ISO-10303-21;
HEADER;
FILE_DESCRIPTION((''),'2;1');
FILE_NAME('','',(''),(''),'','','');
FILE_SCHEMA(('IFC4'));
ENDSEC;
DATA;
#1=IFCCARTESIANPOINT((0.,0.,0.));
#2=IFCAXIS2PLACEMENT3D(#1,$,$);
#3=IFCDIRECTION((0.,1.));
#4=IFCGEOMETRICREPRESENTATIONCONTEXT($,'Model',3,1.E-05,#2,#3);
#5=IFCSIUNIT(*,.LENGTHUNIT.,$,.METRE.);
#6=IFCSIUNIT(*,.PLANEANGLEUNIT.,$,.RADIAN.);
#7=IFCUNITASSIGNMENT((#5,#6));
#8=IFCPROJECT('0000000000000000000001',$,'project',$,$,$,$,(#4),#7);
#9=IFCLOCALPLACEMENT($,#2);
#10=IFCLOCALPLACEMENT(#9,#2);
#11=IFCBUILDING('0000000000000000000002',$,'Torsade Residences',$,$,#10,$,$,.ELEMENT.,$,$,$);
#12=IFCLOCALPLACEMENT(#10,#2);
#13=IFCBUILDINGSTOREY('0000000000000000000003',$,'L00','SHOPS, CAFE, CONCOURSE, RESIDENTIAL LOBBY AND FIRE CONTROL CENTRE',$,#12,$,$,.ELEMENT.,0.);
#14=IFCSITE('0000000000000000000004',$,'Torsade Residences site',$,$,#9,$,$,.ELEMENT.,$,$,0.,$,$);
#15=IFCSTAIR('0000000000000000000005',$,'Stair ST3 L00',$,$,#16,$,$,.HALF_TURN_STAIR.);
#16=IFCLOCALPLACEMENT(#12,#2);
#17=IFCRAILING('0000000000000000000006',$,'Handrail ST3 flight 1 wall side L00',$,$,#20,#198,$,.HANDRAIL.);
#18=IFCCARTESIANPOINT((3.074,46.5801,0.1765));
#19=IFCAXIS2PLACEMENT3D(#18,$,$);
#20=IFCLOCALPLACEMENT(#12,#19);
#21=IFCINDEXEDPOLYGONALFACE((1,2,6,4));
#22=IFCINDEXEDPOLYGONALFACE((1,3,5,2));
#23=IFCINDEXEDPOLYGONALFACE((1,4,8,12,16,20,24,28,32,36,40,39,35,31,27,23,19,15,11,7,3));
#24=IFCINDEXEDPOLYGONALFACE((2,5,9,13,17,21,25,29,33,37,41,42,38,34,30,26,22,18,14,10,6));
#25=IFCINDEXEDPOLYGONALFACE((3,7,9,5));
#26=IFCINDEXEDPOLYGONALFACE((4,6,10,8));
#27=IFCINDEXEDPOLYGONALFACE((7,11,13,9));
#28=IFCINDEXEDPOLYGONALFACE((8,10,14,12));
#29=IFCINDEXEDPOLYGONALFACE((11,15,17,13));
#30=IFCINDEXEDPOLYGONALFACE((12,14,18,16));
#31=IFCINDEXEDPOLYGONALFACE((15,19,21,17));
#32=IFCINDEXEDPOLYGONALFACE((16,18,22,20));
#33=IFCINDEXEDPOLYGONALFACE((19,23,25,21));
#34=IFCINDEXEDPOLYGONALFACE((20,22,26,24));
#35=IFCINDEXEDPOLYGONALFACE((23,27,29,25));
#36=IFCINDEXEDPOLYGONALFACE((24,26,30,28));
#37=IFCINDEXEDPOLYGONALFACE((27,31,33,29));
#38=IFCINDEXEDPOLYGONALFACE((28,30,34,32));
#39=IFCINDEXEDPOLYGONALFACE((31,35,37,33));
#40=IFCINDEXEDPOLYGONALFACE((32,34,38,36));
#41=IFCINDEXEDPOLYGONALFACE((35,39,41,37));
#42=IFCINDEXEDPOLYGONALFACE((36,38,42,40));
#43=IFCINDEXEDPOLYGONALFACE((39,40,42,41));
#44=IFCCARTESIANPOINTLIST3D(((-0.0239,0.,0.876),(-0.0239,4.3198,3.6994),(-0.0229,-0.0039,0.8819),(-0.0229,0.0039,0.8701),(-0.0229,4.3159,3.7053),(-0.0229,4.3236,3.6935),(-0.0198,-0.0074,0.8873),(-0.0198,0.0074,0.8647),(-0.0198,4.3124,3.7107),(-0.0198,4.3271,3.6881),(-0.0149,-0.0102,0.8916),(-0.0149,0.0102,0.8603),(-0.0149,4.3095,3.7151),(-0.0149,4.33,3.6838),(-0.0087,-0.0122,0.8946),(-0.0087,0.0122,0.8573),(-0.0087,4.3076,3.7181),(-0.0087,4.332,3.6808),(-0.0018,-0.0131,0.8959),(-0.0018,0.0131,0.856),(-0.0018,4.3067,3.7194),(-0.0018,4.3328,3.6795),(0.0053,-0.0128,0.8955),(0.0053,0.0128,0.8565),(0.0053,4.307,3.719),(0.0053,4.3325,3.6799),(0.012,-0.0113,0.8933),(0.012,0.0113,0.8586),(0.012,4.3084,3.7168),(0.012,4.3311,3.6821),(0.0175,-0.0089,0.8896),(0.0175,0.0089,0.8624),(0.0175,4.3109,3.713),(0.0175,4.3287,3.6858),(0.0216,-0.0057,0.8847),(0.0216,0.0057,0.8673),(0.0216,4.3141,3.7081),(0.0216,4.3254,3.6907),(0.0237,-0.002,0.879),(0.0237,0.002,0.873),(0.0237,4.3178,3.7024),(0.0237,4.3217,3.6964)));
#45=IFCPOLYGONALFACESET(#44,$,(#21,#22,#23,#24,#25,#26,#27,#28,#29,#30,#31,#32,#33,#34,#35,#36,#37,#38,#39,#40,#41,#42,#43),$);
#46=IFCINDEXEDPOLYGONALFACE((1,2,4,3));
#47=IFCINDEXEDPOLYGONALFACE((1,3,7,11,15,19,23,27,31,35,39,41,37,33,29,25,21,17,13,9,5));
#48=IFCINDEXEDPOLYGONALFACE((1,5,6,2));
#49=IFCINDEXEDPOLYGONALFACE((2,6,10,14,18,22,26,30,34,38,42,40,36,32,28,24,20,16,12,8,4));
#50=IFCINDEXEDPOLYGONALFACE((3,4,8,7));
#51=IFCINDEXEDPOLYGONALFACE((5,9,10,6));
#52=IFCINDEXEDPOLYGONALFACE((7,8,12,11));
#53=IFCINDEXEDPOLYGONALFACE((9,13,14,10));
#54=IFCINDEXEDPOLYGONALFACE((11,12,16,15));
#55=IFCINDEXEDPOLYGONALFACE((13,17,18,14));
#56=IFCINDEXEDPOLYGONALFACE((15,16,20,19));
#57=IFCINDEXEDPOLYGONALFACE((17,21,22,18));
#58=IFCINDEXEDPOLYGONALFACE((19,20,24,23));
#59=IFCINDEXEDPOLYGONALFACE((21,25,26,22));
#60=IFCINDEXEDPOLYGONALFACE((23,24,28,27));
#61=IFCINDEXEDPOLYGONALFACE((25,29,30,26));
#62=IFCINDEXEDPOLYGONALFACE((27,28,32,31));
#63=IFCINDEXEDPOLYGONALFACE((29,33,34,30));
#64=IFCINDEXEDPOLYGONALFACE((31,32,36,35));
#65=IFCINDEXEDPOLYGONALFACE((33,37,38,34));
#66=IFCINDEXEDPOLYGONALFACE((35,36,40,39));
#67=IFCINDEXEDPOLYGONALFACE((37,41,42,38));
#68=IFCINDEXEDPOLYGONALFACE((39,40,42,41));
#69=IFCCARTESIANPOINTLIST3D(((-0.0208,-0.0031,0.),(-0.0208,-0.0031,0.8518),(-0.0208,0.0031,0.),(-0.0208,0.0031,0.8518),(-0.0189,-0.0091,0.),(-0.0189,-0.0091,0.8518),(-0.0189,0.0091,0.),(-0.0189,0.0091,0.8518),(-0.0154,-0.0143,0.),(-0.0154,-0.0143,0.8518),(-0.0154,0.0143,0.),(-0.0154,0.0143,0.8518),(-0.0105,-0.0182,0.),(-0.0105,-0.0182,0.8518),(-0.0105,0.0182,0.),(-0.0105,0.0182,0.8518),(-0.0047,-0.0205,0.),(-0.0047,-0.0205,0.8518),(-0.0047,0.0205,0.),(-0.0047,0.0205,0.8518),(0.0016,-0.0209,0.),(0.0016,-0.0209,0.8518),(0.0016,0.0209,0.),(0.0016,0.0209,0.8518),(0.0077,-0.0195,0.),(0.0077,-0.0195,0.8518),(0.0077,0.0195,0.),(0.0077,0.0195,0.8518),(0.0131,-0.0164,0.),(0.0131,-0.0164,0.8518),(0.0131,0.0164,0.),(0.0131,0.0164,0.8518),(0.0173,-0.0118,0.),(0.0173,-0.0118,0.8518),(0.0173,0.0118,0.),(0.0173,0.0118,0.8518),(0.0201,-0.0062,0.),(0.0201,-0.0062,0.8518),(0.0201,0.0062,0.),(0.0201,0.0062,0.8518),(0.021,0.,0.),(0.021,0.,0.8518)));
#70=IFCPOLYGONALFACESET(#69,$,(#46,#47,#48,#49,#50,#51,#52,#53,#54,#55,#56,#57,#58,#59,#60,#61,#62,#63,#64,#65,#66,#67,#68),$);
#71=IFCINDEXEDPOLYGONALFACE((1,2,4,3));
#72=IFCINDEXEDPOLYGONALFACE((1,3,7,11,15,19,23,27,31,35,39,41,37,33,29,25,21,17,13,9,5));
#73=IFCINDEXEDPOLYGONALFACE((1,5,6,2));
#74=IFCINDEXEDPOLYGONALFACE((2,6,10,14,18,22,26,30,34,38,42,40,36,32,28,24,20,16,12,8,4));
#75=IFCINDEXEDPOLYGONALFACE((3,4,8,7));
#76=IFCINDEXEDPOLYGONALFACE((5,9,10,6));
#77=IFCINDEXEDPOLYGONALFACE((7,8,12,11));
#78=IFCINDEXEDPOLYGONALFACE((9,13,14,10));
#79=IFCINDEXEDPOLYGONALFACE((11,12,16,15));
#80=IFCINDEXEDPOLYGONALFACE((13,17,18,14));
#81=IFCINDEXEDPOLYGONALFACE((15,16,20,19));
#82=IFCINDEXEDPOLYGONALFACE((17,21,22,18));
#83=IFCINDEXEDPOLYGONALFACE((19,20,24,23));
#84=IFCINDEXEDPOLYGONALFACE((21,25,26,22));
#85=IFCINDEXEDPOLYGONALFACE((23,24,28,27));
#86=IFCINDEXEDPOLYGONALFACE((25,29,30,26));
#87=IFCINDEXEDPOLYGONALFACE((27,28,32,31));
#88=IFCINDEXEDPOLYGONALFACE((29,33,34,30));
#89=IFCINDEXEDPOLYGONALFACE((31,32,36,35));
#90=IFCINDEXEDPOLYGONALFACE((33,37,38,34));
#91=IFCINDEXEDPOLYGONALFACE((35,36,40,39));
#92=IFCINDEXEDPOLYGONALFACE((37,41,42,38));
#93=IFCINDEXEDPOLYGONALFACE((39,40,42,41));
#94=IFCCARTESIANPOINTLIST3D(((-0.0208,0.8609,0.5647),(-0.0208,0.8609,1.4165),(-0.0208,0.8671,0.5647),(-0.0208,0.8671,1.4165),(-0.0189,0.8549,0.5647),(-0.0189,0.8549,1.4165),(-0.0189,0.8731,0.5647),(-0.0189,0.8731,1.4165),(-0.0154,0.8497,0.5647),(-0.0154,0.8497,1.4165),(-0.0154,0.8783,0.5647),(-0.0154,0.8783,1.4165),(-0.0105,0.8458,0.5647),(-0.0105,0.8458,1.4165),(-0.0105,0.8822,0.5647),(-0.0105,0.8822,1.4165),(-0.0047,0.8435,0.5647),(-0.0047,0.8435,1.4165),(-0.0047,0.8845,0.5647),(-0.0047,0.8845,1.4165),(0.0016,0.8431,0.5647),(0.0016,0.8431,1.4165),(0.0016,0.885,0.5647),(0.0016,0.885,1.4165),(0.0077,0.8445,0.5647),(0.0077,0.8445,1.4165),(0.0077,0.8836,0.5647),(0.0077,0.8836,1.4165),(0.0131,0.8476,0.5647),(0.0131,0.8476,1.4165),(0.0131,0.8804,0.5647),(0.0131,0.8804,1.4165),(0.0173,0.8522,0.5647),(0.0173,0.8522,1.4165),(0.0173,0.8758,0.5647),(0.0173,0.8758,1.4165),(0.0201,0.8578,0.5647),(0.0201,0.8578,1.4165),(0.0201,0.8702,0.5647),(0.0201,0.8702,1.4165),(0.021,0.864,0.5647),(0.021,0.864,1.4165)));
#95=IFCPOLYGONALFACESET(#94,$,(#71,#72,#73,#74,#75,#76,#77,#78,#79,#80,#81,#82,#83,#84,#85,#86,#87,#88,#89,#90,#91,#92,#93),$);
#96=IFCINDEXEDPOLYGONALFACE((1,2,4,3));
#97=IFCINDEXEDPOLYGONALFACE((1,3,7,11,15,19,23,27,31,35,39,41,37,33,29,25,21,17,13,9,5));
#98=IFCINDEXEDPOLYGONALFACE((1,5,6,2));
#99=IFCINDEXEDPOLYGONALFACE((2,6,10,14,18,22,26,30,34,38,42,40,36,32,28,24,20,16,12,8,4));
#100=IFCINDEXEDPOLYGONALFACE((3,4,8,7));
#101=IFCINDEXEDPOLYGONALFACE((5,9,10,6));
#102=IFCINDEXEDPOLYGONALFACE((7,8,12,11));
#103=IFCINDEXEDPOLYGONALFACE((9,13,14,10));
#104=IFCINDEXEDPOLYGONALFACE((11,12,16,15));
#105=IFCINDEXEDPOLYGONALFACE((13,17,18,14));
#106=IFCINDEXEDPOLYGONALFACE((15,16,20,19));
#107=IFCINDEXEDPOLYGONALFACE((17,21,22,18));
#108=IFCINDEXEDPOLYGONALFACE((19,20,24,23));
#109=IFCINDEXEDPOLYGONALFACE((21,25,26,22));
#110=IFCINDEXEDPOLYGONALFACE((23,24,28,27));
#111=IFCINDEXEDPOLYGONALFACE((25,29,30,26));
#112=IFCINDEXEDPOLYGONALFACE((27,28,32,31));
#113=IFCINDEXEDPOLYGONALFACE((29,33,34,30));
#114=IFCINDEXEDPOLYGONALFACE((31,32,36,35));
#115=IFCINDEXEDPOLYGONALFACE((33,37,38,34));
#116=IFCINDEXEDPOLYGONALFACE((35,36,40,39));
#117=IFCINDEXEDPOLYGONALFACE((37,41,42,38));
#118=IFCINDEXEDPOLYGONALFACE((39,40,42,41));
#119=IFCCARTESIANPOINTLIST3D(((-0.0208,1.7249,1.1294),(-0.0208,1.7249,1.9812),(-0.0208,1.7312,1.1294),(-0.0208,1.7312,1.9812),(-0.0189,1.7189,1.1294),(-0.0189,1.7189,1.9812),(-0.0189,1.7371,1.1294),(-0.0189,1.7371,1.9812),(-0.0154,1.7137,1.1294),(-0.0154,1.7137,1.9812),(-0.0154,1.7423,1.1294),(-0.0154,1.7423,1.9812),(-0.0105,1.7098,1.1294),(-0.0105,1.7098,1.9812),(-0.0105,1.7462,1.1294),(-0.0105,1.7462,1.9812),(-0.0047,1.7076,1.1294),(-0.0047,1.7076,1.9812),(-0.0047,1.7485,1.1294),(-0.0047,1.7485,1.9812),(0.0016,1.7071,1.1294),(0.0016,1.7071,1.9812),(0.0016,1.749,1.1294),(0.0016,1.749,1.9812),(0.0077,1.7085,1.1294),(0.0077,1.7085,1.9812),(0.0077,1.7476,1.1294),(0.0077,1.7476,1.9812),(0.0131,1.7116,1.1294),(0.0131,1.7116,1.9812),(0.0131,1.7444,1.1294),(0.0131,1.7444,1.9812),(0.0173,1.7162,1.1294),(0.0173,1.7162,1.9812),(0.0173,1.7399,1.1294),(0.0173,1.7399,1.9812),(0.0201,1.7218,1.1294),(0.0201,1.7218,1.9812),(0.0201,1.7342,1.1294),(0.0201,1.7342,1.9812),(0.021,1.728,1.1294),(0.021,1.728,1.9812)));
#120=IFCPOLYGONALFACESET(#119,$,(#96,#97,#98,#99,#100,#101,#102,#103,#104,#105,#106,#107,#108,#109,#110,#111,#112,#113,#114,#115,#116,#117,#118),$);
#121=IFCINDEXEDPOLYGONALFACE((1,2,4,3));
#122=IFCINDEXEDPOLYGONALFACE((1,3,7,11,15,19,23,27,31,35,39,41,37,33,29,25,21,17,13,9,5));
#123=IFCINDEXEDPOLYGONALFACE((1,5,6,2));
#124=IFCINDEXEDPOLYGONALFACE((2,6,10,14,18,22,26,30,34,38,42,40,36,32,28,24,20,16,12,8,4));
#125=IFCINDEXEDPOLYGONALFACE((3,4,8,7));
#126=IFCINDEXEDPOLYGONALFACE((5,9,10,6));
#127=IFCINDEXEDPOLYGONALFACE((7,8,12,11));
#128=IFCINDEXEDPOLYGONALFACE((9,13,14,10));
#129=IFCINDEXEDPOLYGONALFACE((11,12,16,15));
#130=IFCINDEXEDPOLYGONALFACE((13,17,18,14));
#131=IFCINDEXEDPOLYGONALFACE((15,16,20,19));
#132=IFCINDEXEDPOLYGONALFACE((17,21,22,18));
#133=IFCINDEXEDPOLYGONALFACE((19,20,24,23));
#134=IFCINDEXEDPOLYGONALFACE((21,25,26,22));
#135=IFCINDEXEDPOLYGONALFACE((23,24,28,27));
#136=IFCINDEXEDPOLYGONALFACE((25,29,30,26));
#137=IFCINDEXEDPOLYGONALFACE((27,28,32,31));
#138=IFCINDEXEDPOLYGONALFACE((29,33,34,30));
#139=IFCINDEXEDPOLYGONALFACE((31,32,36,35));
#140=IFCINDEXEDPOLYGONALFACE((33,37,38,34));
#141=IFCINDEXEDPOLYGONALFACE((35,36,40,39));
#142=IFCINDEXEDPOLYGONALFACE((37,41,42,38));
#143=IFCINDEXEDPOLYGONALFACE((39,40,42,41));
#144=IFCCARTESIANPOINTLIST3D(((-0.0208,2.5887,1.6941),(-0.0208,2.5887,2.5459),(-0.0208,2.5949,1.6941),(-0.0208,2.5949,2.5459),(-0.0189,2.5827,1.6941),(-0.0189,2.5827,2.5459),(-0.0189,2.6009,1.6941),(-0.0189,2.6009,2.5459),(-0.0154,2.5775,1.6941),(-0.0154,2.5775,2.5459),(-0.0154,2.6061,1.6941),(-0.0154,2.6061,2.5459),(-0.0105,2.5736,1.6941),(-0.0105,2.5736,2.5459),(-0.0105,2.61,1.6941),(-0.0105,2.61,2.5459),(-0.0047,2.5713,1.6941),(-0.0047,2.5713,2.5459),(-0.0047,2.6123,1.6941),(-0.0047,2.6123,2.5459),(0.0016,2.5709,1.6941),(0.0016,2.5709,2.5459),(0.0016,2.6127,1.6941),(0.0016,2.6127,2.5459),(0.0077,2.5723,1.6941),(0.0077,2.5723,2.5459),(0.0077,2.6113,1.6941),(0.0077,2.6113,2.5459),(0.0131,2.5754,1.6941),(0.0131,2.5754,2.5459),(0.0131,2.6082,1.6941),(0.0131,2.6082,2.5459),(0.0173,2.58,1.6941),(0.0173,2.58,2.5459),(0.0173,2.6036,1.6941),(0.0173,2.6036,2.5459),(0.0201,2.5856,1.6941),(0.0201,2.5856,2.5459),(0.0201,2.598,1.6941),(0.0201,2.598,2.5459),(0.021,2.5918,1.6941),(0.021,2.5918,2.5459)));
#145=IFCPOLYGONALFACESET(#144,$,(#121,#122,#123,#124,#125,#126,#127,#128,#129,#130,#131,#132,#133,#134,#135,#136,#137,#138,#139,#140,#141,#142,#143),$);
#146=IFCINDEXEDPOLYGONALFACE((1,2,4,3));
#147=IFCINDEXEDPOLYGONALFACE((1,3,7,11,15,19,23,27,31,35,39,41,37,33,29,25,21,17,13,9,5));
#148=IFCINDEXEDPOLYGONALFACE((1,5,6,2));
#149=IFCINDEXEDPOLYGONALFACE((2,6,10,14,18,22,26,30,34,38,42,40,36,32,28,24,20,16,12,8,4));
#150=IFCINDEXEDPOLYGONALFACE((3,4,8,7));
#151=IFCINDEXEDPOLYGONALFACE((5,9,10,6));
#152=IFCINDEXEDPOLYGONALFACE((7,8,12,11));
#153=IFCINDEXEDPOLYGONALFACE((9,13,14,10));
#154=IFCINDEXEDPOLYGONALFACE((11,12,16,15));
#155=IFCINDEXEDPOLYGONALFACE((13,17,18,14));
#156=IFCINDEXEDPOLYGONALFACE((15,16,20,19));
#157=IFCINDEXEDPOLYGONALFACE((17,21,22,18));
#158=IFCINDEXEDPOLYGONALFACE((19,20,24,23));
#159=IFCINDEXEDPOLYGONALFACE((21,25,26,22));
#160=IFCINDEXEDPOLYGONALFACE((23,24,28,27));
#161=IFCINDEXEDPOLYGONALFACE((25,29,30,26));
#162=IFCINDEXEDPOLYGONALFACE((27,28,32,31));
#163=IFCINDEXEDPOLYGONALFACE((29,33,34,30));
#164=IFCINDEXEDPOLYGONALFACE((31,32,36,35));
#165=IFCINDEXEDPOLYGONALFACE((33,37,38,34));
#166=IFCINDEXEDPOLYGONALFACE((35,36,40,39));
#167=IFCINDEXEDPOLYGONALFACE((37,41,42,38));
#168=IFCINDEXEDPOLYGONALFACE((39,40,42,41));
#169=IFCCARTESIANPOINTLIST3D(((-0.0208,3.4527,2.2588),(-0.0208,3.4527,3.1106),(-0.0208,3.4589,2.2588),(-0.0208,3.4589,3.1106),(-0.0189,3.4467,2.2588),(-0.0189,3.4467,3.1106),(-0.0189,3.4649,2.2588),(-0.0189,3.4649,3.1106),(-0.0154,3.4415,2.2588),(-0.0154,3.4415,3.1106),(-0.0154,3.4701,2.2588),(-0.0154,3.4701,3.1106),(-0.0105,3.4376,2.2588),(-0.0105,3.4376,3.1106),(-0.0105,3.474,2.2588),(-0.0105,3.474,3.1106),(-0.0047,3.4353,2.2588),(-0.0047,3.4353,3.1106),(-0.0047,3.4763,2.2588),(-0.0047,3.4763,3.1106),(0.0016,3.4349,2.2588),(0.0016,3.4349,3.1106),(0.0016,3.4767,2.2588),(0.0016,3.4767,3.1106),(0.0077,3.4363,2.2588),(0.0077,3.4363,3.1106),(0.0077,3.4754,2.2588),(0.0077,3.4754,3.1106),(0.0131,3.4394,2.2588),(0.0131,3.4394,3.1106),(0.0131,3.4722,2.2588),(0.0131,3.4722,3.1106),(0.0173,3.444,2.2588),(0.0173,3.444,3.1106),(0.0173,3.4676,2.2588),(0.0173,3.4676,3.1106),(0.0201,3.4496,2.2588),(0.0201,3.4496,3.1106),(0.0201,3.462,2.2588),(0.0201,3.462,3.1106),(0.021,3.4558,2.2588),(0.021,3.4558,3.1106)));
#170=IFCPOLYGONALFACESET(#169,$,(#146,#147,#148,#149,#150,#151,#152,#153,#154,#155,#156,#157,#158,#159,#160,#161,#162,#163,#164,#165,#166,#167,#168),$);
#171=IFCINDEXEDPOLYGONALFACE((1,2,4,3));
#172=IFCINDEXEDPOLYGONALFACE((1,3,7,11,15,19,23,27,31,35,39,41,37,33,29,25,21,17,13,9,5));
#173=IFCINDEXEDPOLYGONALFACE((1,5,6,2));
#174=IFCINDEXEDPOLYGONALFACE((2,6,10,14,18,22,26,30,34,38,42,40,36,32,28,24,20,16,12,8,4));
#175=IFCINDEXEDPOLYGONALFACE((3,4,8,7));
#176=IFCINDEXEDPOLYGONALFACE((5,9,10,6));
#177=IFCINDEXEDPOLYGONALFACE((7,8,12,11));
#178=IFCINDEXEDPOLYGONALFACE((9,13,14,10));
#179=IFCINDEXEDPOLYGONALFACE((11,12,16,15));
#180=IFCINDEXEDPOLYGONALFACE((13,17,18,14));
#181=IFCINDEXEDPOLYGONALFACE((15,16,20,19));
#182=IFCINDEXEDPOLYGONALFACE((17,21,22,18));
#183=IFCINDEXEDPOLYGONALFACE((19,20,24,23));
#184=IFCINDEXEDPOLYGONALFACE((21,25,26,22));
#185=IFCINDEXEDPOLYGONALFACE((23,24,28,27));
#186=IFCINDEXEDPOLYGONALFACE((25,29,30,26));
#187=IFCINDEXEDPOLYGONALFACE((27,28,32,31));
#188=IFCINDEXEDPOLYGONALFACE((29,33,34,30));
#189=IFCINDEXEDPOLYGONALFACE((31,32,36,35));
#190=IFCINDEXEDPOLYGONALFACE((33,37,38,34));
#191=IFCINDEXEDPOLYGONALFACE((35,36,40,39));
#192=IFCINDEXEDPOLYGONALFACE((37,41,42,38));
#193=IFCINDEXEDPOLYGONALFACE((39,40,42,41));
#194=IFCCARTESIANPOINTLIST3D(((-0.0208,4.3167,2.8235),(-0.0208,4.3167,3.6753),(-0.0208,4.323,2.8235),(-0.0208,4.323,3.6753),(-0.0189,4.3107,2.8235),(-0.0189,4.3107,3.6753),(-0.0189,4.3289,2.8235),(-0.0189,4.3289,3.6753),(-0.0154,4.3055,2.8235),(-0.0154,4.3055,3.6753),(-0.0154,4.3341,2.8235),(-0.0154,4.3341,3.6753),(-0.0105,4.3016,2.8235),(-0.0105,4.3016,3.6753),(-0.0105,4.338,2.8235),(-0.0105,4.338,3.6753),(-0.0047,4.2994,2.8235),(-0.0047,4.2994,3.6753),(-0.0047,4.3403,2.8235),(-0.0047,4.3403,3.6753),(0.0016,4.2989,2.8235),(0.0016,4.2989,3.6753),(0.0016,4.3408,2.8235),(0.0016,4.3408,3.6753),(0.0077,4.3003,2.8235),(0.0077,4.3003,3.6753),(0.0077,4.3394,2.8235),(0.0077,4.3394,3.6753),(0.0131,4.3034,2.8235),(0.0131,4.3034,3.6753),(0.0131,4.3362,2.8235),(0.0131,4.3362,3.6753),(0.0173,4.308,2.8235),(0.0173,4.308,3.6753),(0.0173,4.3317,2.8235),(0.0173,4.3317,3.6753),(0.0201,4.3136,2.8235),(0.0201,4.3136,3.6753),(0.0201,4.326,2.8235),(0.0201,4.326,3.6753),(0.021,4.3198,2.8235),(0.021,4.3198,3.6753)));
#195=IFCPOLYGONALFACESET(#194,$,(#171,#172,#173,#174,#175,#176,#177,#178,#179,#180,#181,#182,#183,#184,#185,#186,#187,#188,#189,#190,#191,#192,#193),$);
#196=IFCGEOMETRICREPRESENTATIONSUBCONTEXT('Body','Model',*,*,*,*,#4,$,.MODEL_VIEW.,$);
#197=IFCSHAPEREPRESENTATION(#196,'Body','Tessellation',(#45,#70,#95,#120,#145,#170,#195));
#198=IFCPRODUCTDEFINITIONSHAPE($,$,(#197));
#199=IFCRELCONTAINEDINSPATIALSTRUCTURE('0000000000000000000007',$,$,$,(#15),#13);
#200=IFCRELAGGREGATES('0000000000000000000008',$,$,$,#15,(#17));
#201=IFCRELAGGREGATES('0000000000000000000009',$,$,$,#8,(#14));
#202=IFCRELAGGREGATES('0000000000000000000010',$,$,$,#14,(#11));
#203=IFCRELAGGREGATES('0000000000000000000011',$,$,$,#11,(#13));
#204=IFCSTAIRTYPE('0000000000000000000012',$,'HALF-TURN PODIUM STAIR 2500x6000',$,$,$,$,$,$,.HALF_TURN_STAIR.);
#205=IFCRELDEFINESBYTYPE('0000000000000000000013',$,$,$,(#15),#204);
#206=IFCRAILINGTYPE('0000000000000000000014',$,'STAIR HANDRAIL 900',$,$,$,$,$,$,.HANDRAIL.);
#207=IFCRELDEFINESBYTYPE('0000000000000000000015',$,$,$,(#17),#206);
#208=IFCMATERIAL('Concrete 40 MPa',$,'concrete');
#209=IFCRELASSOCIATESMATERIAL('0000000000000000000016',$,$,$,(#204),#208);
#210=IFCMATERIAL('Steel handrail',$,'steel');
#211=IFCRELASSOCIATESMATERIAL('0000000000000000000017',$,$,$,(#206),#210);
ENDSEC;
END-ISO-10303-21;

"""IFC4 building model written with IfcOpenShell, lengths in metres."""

from ifc_helpers import new_model, si_unit, direction, frame, origin, origin_2d, place, context, subcontext, project, spatial, circle, extrude, material, type_object, element, aggregate, save


model = new_model("IFC4")

# Units and contexts
model_context = context("Model", 3, precision=1e-05, world=origin(), true_north=direction((0.0, 1.0)))
body_context = subcontext(model_context, "Body", "Model", "MODEL_VIEW")
ifc_project = project(units=[si_unit("LENGTHUNIT", "METRE"), si_unit("PLANEANGLEUNIT", "RADIAN")], contexts=[model_context])

# Site, building, storey
site_placement = place(None, origin())
site = spatial("IfcSite", under=ifc_project, at=site_placement, Name="Torsade Residences site", CompositionType="ELEMENT", RefElevation=0.0)
building_placement = place(site_placement, origin())
building = spatial("IfcBuilding", under=site, at=building_placement, Name="Torsade Residences", CompositionType="ELEMENT")
storey_placement = place(building_placement, origin())
storey = spatial("IfcBuildingStorey", under=building, at=storey_placement, Name="L00", Description="SHOPS, CAFE, CONCOURSE, RESIDENTIAL LOBBY AND FIRE CONTROL CENTRE", CompositionType="ELEMENT", Elevation=0.0)

# Stair, railing
ifc_material_1 = material(Name="Concrete 40 MPa", Category="concrete")
stair_type = type_object("IfcStairType", Name="HALF-TURN PODIUM STAIR 2500x6000", PredefinedType="HALF_TURN_STAIR", material=ifc_material_1)
stair_placement = place(storey_placement, origin())
stair = element("IfcStair", 1, at=stair_placement, inside=storey, type_object=stair_type, Name="Stair ST3 L00", PredefinedType="HALF_TURN_STAIR")
ifc_material_2 = material(Name="Steel handrail", Category="steel")
railing_type = type_object("IfcRailingType", Name="STAIR HANDRAIL 900", PredefinedType="HANDRAIL", material=ifc_material_2)
railing_1_placement = place(storey_placement, frame((3.074, 46.5801, 0.1765)))
railing_1 = element("IfcRailing", 2, at=railing_1_placement, type_object=railing_type, Name="Handrail ST3 flight 1 wall side L00", PredefinedType="HANDRAIL", context=body_context, shape_type="SweptSolid", body=[
    extrude(circle(Radius=0.0239, at=origin_2d()), frame((0.0, 0.0, 0.876), z_axis=(0.0, 0.83706, 0.547112), x_axis=(-1.0, 0.0, 0.0)), (0.0, 0.0, 1.0), 5.1606),
    extrude(circle(Radius=0.021, at=origin_2d()), origin(), (0.0, 0.0, 1.0), 0.8518),
    extrude(circle(Radius=0.021, at=origin_2d()), frame((0.0, 0.864, 0.5647)), (0.0, 0.0, 1.0), 0.8518),
    extrude(circle(Radius=0.021, at=origin_2d()), frame((0.0, 1.728, 1.1294)), (0.0, 0.0, 1.0), 0.8518),
    extrude(circle(Radius=0.021, at=origin_2d()), frame((0.0, 2.5918, 1.6941)), (0.0, 0.0, 1.0), 0.8518),
    extrude(circle(Radius=0.021, at=origin_2d()), frame((0.0, 3.4558, 2.2588)), (0.0, 0.0, 1.0), 0.8518),
    extrude(circle(Radius=0.021, at=origin_2d()), frame((0.0, 4.3198, 2.8235)), (0.0, 0.0, 1.0), 0.8518),
])
aggregate(stair, [railing_1])

save(model, "model.ifc")
